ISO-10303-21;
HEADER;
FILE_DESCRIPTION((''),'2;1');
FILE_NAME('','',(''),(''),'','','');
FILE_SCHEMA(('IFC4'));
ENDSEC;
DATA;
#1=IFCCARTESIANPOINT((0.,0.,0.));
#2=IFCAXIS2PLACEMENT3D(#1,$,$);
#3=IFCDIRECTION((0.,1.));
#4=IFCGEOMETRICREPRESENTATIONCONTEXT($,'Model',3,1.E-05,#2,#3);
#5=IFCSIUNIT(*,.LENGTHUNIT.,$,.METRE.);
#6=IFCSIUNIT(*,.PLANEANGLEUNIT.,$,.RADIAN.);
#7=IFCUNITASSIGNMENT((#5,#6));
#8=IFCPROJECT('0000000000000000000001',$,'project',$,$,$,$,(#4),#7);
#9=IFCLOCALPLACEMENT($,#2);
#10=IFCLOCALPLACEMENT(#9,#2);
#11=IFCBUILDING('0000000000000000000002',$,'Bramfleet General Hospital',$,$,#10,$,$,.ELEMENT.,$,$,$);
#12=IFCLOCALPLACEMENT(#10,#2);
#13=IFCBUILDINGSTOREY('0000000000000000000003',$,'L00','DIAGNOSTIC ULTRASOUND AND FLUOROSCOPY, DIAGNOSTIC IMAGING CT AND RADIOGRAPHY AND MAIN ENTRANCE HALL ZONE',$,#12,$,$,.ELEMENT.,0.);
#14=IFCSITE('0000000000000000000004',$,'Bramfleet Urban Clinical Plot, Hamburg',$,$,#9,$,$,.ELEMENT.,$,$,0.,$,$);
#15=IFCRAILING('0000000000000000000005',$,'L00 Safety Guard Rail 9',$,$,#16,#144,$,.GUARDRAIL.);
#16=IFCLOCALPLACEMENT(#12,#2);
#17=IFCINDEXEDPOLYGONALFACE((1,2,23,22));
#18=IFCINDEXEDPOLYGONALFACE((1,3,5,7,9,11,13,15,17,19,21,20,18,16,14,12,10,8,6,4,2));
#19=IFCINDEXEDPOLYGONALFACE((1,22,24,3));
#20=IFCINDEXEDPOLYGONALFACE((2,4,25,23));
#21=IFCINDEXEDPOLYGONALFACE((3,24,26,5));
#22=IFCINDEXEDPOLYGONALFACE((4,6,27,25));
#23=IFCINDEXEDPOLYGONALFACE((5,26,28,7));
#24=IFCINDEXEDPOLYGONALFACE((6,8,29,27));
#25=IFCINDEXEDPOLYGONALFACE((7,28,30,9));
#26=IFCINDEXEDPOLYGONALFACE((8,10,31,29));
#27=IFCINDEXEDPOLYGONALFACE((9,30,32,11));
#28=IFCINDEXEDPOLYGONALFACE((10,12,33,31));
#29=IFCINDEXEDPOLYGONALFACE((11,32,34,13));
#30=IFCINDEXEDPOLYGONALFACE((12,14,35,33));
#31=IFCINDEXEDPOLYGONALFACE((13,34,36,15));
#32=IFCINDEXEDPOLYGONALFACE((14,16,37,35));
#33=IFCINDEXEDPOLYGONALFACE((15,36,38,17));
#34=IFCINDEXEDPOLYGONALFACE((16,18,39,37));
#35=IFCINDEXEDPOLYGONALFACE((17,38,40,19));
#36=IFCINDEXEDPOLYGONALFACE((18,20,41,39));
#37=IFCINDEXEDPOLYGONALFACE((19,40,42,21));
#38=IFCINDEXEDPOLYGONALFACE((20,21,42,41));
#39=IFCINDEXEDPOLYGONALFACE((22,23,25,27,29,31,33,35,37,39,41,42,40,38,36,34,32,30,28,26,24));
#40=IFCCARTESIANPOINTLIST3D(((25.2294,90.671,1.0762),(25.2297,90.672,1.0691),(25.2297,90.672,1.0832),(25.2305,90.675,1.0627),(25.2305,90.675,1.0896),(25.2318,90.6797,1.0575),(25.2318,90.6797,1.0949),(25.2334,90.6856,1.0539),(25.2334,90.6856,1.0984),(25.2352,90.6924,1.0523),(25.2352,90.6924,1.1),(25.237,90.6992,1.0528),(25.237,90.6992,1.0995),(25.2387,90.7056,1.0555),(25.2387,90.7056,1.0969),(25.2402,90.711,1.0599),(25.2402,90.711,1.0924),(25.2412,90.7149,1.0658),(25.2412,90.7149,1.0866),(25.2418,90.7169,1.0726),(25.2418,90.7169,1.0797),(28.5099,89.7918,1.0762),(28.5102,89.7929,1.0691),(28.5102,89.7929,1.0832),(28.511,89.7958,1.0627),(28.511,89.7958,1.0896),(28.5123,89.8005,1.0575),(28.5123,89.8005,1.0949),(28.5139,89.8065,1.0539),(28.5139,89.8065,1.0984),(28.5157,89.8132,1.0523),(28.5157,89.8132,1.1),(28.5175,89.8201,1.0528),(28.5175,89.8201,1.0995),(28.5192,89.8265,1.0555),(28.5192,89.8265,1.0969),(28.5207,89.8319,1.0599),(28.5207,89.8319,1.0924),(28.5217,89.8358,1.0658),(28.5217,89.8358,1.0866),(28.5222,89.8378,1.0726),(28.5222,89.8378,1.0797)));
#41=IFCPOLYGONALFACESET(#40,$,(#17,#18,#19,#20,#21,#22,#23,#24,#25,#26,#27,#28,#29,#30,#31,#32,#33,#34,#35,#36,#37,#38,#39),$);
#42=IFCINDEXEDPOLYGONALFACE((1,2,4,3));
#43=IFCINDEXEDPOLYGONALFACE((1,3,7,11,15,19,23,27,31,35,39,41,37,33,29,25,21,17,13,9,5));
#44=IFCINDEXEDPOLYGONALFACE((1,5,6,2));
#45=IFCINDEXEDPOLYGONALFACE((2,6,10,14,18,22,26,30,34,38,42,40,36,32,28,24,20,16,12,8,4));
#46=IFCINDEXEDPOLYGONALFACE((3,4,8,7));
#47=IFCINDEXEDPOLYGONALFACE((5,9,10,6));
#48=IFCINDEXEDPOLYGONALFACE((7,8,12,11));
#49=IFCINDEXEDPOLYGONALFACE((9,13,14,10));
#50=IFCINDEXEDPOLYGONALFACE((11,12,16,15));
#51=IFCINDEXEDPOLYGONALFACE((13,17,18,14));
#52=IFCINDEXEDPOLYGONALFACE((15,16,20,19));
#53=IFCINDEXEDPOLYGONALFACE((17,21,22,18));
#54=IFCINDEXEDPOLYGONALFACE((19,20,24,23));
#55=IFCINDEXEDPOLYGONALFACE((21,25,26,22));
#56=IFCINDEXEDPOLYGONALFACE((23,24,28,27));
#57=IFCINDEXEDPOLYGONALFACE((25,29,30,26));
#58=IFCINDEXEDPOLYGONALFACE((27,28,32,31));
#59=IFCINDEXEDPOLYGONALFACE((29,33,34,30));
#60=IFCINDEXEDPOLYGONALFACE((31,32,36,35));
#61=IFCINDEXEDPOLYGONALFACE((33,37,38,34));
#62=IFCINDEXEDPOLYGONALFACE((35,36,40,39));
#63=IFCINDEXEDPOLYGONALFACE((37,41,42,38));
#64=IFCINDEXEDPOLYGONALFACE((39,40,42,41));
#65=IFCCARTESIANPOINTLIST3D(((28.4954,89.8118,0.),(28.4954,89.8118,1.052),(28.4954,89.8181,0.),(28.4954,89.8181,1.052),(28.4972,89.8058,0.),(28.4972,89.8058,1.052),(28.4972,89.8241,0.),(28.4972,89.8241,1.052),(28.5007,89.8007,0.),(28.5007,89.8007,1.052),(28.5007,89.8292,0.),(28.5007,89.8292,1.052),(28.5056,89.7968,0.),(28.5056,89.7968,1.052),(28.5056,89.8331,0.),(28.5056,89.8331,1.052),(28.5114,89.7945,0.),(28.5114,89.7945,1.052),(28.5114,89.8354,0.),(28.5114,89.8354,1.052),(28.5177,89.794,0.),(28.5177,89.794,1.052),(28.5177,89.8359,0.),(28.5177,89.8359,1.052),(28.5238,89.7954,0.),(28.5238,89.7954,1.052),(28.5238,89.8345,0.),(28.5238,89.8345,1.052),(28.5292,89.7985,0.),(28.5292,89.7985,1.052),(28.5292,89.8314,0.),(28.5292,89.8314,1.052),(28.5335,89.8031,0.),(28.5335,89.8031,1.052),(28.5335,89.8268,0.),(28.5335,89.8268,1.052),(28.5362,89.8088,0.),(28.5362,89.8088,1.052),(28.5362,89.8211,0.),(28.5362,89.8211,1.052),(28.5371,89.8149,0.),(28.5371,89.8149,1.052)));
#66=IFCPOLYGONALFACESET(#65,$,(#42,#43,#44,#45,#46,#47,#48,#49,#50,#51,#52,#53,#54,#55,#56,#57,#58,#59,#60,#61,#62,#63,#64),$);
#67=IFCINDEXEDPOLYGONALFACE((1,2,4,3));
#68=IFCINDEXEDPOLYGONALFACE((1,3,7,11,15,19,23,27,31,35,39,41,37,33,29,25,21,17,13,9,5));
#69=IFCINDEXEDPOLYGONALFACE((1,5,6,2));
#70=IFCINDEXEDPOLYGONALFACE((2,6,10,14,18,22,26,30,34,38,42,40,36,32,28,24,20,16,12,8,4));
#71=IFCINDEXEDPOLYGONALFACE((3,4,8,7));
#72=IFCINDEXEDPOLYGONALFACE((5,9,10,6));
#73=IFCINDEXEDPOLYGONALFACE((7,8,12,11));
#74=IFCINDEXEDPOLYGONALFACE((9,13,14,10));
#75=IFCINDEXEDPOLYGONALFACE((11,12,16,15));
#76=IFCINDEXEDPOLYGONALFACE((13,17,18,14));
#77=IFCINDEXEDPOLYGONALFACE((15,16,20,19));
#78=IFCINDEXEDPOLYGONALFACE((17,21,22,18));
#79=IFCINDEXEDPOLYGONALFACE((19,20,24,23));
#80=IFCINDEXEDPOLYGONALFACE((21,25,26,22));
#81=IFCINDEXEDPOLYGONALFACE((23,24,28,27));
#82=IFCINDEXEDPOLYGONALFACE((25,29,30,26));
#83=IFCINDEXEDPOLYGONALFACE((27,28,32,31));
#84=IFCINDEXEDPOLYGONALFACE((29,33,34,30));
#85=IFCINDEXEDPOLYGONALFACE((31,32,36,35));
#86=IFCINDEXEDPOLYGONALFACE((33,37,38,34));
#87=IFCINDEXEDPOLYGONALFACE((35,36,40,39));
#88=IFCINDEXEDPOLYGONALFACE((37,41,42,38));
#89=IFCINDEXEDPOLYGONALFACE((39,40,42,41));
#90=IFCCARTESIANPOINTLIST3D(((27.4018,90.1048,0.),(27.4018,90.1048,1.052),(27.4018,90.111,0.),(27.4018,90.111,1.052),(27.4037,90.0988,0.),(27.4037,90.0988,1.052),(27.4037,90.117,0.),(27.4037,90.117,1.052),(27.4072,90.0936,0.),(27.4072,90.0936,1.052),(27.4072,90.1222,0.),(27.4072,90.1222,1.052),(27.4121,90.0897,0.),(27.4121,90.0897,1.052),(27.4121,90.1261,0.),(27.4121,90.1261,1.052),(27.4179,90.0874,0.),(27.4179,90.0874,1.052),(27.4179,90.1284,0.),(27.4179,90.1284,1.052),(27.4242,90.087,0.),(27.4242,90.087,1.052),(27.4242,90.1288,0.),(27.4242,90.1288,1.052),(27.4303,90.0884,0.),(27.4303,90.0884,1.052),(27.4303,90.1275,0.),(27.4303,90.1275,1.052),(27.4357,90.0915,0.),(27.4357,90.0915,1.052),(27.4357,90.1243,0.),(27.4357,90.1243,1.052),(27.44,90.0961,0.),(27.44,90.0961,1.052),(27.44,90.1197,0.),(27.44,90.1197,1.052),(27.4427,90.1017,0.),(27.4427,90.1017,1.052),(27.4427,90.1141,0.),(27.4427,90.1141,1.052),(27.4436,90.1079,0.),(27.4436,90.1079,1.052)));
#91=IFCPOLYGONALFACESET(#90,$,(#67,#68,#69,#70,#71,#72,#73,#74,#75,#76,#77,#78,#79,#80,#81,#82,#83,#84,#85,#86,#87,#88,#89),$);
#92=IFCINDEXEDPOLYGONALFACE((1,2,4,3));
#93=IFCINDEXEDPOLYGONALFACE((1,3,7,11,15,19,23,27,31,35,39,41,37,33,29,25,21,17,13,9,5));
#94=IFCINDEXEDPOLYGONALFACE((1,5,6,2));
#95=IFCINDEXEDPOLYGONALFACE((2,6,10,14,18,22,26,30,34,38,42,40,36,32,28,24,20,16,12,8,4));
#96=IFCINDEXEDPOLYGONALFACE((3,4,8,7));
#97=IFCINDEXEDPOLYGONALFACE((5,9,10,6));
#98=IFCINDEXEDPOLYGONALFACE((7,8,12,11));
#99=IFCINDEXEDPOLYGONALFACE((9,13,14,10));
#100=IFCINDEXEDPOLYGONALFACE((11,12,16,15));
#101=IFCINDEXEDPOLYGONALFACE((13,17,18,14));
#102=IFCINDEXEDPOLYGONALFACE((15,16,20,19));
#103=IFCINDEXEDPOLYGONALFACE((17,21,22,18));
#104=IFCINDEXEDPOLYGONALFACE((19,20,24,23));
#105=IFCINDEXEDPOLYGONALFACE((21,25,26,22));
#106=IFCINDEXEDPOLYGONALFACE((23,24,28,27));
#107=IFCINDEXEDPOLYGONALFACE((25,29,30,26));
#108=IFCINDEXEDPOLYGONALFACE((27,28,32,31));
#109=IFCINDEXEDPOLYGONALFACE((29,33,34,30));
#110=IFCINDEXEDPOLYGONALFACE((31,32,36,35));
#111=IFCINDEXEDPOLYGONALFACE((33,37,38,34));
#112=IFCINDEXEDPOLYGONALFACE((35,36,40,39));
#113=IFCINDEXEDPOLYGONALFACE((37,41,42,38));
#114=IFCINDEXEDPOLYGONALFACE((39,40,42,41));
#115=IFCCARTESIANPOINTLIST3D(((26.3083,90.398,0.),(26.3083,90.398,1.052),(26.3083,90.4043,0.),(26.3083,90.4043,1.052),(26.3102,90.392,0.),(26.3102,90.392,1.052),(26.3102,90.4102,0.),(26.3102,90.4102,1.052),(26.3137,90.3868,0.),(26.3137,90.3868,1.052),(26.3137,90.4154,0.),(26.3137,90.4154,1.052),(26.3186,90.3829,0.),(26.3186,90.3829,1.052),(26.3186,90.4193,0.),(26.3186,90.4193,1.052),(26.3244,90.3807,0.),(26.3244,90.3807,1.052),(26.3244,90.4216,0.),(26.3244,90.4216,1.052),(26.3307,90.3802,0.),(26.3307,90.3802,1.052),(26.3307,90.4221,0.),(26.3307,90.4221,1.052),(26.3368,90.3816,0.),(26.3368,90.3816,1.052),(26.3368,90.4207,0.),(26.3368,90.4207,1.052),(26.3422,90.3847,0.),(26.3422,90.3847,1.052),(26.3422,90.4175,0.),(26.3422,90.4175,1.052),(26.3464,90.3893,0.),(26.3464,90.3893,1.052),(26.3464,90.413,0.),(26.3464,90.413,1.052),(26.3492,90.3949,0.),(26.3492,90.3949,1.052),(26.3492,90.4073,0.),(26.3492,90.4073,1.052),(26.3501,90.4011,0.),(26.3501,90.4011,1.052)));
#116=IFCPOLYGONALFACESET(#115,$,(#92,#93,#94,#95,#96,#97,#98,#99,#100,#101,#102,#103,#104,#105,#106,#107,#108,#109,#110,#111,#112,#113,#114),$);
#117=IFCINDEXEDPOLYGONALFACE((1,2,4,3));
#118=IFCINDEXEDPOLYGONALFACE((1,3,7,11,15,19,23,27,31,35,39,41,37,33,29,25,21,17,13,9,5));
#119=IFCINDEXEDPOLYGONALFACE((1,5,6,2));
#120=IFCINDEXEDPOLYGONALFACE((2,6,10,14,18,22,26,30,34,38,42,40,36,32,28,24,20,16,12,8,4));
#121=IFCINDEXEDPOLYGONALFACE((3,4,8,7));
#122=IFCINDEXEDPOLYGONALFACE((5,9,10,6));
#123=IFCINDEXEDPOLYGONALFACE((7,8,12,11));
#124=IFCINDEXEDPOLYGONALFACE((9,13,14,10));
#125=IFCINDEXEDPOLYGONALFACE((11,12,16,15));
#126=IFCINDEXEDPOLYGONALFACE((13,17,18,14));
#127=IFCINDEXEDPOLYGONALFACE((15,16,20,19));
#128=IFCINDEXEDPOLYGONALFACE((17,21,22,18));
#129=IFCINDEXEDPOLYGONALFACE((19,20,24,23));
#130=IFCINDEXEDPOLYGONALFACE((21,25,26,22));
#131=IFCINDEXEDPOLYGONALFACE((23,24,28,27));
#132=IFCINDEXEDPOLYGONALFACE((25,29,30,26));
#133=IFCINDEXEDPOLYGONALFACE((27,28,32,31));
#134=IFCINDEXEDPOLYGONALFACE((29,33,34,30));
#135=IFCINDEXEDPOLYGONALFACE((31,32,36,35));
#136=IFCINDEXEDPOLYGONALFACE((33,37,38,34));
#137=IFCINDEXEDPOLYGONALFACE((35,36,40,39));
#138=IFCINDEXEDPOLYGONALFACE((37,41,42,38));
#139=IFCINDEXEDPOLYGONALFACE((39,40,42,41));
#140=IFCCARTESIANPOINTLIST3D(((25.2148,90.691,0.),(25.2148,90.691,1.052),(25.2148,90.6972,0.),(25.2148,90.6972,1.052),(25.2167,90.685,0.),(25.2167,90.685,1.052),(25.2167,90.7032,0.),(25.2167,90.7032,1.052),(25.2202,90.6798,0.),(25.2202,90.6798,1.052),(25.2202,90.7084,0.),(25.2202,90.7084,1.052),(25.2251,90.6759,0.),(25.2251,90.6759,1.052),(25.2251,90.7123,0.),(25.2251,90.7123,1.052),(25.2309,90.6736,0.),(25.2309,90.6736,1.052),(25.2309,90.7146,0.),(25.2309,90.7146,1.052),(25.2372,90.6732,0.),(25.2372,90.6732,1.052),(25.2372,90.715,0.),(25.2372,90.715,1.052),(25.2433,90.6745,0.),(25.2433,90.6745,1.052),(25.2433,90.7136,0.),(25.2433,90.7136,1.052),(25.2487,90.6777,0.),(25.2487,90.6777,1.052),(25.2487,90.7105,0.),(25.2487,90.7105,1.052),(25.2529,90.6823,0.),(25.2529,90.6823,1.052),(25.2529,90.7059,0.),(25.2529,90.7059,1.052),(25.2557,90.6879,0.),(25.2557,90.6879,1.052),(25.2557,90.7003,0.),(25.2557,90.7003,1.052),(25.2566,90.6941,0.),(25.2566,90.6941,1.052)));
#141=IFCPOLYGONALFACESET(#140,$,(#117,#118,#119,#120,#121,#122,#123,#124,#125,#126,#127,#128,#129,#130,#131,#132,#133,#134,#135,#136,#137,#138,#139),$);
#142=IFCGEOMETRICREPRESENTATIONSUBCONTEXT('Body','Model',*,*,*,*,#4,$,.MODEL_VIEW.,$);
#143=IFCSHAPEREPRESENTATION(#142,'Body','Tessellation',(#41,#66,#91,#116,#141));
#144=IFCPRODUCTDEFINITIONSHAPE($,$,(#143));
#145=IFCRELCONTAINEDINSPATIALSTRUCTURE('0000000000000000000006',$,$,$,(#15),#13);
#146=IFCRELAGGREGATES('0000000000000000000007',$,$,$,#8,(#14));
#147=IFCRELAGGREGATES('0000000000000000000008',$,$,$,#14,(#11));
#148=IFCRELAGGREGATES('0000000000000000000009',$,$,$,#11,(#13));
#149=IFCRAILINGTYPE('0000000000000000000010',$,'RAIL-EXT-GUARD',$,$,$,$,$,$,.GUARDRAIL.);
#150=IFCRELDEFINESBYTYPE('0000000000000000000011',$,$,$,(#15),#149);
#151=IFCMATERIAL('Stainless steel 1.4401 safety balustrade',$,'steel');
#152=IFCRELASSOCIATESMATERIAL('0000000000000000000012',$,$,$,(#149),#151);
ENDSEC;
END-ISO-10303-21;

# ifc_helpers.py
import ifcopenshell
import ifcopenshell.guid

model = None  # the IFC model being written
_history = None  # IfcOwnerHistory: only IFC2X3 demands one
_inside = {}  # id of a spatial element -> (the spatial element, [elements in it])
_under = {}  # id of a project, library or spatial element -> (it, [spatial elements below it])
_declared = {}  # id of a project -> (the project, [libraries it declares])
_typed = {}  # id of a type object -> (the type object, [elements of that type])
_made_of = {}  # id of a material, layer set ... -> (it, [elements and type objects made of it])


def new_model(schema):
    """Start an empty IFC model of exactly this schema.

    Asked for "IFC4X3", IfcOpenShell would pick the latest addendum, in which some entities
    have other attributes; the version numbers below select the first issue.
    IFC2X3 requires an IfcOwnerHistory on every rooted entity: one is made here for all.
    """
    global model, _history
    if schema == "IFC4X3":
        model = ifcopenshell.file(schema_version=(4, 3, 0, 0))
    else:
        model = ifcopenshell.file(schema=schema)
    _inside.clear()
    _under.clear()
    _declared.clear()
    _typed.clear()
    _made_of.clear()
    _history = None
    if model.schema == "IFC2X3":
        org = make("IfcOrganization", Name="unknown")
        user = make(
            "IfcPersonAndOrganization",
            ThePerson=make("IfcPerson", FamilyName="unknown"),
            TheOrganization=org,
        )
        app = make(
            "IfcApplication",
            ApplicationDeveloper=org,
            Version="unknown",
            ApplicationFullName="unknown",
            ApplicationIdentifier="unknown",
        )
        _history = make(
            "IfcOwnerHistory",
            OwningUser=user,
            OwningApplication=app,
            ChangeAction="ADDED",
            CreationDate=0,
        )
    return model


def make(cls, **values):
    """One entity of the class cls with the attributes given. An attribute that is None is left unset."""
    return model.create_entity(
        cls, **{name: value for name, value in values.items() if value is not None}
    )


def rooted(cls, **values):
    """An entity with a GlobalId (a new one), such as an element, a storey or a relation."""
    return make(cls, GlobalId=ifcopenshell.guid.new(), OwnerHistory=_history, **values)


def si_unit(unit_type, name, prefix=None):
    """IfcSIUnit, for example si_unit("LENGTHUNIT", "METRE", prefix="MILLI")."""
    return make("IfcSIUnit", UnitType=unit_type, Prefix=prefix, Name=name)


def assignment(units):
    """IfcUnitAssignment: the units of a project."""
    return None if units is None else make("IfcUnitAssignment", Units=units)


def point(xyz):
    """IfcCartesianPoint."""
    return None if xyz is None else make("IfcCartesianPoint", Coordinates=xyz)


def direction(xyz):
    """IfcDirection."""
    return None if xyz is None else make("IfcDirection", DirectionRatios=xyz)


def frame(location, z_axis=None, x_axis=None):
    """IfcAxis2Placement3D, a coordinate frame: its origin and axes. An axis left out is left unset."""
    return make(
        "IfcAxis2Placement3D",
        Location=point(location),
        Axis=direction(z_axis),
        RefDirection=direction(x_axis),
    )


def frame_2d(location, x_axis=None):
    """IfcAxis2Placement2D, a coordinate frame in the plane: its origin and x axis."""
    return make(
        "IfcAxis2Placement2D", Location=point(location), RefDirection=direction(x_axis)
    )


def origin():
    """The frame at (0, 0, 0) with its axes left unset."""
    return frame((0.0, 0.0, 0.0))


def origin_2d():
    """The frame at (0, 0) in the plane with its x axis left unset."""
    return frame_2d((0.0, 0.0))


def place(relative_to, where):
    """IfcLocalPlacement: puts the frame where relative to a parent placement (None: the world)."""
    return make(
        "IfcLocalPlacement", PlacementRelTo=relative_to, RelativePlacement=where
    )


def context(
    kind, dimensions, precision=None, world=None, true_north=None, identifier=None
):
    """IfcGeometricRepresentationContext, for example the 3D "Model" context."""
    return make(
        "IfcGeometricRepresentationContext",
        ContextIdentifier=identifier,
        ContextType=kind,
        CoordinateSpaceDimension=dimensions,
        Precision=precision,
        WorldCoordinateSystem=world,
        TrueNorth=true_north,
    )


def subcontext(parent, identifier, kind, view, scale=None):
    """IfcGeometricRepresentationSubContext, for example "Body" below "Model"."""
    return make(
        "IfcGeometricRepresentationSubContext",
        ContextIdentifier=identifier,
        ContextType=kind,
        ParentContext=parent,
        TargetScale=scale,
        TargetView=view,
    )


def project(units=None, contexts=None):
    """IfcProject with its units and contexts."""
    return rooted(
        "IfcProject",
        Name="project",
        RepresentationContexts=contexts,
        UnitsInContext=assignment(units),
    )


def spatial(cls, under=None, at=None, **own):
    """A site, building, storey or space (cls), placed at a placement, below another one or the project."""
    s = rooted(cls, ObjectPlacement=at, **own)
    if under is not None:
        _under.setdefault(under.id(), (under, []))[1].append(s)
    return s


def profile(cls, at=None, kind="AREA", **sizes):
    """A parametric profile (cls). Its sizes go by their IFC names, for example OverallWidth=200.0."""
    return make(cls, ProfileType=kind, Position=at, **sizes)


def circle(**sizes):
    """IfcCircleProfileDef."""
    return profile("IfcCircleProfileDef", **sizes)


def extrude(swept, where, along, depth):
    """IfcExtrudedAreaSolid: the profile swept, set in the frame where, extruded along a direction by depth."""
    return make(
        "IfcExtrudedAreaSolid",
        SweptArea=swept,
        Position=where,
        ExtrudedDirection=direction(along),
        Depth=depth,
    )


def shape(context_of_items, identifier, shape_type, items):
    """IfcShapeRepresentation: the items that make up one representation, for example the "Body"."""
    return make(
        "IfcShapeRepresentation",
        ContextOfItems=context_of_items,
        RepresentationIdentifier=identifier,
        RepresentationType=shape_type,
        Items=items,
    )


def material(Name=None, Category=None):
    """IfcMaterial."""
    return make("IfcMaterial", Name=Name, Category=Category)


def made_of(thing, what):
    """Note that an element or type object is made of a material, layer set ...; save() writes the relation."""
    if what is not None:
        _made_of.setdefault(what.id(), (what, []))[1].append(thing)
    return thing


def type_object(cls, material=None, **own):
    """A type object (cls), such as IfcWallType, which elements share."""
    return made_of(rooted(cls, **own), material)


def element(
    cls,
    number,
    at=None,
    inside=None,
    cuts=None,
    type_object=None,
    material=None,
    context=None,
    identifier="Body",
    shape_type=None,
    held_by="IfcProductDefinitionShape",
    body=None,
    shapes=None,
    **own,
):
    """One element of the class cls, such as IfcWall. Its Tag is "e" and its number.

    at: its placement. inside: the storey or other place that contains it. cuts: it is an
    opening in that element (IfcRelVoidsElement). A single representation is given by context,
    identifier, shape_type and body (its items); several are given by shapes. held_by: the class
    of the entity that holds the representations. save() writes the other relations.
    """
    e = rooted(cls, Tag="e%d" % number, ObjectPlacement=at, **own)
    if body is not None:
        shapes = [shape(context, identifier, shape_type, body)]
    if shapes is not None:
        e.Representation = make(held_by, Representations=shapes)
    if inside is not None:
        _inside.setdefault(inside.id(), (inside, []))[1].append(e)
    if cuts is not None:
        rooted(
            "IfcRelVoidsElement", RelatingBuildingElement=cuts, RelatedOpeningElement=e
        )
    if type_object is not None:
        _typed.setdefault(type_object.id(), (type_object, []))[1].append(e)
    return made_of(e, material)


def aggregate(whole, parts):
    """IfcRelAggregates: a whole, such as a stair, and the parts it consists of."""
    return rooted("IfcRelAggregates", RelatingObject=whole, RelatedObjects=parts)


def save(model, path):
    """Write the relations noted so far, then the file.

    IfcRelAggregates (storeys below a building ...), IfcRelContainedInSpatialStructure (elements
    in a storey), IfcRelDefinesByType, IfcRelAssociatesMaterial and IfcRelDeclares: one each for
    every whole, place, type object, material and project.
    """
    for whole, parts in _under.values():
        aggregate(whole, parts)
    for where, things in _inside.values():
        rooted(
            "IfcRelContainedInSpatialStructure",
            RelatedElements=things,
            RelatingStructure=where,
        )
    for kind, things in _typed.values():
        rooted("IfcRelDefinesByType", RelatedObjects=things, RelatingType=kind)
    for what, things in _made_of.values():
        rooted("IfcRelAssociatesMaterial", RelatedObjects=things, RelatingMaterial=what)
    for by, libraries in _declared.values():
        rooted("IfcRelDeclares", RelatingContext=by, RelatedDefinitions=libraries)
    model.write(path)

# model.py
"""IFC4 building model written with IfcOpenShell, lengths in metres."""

from ifc_helpers import new_model, si_unit, direction, frame, origin, origin_2d, place, context, subcontext, project, spatial, circle, extrude, material, type_object, element, save


model = new_model("IFC4")

# Units and contexts
model_context = context("Model", 3, precision=1e-05, world=origin(), true_north=direction((0.0, 1.0)))
body_context = subcontext(model_context, "Body", "Model", "MODEL_VIEW")
ifc_project = project(units=[si_unit("LENGTHUNIT", "METRE"), si_unit("PLANEANGLEUNIT", "RADIAN")], contexts=[model_context])

# Site, building, storey
site_placement = place(None, origin())
site = spatial("IfcSite", under=ifc_project, at=site_placement, Name="Bramfleet Urban Clinical Plot, Hamburg", CompositionType="ELEMENT", RefElevation=0.0)
building_placement = place(site_placement, origin())
building = spatial("IfcBuilding", under=site, at=building_placement, Name="Bramfleet General Hospital", CompositionType="ELEMENT")
storey_placement = place(building_placement, origin())
storey = spatial("IfcBuildingStorey", under=building, at=storey_placement, Name="L00", Description="DIAGNOSTIC ULTRASOUND AND FLUOROSCOPY, DIAGNOSTIC IMAGING CT AND RADIOGRAPHY AND MAIN ENTRANCE HALL ZONE", CompositionType="ELEMENT", Elevation=0.0)

# Railing
ifc_material_1 = material(Name="Stainless steel 1.4401 safety balustrade", Category="steel")
railing_type = type_object("IfcRailingType", Name="RAIL-EXT-GUARD", PredefinedType="GUARDRAIL", material=ifc_material_1)
railing_placement = place(storey_placement, frame((28.5161, 89.8149, 0.0)))
element("IfcRailing", 1, at=railing_placement, inside=storey, type_object=railing_type, Name="L00 Safety Guard Rail 9", PredefinedType="GUARDRAIL", context=body_context, shape_type="SweptSolid", body=[
    extrude(circle(Radius=0.0239, at=origin_2d()), frame((0.0, 0.0, 1.0762), z_axis=(-0.965916, 0.258857, 0.0), x_axis=(-0.258857, -0.965916, 0.0)), (0.0, 0.0, 1.0), 3.3962),
    extrude(circle(Radius=0.021, at=origin_2d()), origin(), (0.0, 0.0, 1.0), 1.052),
    extrude(circle(Radius=0.021, at=origin_2d()), frame((-1.0935, 0.293, 0.0)), (0.0, 0.0, 1.0), 1.052),
    extrude(circle(Radius=0.021, at=origin_2d()), frame((-2.187, 0.5862, 0.0)), (0.0, 0.0, 1.0), 1.052),
    extrude(circle(Radius=0.021, at=origin_2d()), frame((-3.2805, 0.8792, 0.0)), (0.0, 0.0, 1.0), 1.052),
])

save(model, "model.ifc")
